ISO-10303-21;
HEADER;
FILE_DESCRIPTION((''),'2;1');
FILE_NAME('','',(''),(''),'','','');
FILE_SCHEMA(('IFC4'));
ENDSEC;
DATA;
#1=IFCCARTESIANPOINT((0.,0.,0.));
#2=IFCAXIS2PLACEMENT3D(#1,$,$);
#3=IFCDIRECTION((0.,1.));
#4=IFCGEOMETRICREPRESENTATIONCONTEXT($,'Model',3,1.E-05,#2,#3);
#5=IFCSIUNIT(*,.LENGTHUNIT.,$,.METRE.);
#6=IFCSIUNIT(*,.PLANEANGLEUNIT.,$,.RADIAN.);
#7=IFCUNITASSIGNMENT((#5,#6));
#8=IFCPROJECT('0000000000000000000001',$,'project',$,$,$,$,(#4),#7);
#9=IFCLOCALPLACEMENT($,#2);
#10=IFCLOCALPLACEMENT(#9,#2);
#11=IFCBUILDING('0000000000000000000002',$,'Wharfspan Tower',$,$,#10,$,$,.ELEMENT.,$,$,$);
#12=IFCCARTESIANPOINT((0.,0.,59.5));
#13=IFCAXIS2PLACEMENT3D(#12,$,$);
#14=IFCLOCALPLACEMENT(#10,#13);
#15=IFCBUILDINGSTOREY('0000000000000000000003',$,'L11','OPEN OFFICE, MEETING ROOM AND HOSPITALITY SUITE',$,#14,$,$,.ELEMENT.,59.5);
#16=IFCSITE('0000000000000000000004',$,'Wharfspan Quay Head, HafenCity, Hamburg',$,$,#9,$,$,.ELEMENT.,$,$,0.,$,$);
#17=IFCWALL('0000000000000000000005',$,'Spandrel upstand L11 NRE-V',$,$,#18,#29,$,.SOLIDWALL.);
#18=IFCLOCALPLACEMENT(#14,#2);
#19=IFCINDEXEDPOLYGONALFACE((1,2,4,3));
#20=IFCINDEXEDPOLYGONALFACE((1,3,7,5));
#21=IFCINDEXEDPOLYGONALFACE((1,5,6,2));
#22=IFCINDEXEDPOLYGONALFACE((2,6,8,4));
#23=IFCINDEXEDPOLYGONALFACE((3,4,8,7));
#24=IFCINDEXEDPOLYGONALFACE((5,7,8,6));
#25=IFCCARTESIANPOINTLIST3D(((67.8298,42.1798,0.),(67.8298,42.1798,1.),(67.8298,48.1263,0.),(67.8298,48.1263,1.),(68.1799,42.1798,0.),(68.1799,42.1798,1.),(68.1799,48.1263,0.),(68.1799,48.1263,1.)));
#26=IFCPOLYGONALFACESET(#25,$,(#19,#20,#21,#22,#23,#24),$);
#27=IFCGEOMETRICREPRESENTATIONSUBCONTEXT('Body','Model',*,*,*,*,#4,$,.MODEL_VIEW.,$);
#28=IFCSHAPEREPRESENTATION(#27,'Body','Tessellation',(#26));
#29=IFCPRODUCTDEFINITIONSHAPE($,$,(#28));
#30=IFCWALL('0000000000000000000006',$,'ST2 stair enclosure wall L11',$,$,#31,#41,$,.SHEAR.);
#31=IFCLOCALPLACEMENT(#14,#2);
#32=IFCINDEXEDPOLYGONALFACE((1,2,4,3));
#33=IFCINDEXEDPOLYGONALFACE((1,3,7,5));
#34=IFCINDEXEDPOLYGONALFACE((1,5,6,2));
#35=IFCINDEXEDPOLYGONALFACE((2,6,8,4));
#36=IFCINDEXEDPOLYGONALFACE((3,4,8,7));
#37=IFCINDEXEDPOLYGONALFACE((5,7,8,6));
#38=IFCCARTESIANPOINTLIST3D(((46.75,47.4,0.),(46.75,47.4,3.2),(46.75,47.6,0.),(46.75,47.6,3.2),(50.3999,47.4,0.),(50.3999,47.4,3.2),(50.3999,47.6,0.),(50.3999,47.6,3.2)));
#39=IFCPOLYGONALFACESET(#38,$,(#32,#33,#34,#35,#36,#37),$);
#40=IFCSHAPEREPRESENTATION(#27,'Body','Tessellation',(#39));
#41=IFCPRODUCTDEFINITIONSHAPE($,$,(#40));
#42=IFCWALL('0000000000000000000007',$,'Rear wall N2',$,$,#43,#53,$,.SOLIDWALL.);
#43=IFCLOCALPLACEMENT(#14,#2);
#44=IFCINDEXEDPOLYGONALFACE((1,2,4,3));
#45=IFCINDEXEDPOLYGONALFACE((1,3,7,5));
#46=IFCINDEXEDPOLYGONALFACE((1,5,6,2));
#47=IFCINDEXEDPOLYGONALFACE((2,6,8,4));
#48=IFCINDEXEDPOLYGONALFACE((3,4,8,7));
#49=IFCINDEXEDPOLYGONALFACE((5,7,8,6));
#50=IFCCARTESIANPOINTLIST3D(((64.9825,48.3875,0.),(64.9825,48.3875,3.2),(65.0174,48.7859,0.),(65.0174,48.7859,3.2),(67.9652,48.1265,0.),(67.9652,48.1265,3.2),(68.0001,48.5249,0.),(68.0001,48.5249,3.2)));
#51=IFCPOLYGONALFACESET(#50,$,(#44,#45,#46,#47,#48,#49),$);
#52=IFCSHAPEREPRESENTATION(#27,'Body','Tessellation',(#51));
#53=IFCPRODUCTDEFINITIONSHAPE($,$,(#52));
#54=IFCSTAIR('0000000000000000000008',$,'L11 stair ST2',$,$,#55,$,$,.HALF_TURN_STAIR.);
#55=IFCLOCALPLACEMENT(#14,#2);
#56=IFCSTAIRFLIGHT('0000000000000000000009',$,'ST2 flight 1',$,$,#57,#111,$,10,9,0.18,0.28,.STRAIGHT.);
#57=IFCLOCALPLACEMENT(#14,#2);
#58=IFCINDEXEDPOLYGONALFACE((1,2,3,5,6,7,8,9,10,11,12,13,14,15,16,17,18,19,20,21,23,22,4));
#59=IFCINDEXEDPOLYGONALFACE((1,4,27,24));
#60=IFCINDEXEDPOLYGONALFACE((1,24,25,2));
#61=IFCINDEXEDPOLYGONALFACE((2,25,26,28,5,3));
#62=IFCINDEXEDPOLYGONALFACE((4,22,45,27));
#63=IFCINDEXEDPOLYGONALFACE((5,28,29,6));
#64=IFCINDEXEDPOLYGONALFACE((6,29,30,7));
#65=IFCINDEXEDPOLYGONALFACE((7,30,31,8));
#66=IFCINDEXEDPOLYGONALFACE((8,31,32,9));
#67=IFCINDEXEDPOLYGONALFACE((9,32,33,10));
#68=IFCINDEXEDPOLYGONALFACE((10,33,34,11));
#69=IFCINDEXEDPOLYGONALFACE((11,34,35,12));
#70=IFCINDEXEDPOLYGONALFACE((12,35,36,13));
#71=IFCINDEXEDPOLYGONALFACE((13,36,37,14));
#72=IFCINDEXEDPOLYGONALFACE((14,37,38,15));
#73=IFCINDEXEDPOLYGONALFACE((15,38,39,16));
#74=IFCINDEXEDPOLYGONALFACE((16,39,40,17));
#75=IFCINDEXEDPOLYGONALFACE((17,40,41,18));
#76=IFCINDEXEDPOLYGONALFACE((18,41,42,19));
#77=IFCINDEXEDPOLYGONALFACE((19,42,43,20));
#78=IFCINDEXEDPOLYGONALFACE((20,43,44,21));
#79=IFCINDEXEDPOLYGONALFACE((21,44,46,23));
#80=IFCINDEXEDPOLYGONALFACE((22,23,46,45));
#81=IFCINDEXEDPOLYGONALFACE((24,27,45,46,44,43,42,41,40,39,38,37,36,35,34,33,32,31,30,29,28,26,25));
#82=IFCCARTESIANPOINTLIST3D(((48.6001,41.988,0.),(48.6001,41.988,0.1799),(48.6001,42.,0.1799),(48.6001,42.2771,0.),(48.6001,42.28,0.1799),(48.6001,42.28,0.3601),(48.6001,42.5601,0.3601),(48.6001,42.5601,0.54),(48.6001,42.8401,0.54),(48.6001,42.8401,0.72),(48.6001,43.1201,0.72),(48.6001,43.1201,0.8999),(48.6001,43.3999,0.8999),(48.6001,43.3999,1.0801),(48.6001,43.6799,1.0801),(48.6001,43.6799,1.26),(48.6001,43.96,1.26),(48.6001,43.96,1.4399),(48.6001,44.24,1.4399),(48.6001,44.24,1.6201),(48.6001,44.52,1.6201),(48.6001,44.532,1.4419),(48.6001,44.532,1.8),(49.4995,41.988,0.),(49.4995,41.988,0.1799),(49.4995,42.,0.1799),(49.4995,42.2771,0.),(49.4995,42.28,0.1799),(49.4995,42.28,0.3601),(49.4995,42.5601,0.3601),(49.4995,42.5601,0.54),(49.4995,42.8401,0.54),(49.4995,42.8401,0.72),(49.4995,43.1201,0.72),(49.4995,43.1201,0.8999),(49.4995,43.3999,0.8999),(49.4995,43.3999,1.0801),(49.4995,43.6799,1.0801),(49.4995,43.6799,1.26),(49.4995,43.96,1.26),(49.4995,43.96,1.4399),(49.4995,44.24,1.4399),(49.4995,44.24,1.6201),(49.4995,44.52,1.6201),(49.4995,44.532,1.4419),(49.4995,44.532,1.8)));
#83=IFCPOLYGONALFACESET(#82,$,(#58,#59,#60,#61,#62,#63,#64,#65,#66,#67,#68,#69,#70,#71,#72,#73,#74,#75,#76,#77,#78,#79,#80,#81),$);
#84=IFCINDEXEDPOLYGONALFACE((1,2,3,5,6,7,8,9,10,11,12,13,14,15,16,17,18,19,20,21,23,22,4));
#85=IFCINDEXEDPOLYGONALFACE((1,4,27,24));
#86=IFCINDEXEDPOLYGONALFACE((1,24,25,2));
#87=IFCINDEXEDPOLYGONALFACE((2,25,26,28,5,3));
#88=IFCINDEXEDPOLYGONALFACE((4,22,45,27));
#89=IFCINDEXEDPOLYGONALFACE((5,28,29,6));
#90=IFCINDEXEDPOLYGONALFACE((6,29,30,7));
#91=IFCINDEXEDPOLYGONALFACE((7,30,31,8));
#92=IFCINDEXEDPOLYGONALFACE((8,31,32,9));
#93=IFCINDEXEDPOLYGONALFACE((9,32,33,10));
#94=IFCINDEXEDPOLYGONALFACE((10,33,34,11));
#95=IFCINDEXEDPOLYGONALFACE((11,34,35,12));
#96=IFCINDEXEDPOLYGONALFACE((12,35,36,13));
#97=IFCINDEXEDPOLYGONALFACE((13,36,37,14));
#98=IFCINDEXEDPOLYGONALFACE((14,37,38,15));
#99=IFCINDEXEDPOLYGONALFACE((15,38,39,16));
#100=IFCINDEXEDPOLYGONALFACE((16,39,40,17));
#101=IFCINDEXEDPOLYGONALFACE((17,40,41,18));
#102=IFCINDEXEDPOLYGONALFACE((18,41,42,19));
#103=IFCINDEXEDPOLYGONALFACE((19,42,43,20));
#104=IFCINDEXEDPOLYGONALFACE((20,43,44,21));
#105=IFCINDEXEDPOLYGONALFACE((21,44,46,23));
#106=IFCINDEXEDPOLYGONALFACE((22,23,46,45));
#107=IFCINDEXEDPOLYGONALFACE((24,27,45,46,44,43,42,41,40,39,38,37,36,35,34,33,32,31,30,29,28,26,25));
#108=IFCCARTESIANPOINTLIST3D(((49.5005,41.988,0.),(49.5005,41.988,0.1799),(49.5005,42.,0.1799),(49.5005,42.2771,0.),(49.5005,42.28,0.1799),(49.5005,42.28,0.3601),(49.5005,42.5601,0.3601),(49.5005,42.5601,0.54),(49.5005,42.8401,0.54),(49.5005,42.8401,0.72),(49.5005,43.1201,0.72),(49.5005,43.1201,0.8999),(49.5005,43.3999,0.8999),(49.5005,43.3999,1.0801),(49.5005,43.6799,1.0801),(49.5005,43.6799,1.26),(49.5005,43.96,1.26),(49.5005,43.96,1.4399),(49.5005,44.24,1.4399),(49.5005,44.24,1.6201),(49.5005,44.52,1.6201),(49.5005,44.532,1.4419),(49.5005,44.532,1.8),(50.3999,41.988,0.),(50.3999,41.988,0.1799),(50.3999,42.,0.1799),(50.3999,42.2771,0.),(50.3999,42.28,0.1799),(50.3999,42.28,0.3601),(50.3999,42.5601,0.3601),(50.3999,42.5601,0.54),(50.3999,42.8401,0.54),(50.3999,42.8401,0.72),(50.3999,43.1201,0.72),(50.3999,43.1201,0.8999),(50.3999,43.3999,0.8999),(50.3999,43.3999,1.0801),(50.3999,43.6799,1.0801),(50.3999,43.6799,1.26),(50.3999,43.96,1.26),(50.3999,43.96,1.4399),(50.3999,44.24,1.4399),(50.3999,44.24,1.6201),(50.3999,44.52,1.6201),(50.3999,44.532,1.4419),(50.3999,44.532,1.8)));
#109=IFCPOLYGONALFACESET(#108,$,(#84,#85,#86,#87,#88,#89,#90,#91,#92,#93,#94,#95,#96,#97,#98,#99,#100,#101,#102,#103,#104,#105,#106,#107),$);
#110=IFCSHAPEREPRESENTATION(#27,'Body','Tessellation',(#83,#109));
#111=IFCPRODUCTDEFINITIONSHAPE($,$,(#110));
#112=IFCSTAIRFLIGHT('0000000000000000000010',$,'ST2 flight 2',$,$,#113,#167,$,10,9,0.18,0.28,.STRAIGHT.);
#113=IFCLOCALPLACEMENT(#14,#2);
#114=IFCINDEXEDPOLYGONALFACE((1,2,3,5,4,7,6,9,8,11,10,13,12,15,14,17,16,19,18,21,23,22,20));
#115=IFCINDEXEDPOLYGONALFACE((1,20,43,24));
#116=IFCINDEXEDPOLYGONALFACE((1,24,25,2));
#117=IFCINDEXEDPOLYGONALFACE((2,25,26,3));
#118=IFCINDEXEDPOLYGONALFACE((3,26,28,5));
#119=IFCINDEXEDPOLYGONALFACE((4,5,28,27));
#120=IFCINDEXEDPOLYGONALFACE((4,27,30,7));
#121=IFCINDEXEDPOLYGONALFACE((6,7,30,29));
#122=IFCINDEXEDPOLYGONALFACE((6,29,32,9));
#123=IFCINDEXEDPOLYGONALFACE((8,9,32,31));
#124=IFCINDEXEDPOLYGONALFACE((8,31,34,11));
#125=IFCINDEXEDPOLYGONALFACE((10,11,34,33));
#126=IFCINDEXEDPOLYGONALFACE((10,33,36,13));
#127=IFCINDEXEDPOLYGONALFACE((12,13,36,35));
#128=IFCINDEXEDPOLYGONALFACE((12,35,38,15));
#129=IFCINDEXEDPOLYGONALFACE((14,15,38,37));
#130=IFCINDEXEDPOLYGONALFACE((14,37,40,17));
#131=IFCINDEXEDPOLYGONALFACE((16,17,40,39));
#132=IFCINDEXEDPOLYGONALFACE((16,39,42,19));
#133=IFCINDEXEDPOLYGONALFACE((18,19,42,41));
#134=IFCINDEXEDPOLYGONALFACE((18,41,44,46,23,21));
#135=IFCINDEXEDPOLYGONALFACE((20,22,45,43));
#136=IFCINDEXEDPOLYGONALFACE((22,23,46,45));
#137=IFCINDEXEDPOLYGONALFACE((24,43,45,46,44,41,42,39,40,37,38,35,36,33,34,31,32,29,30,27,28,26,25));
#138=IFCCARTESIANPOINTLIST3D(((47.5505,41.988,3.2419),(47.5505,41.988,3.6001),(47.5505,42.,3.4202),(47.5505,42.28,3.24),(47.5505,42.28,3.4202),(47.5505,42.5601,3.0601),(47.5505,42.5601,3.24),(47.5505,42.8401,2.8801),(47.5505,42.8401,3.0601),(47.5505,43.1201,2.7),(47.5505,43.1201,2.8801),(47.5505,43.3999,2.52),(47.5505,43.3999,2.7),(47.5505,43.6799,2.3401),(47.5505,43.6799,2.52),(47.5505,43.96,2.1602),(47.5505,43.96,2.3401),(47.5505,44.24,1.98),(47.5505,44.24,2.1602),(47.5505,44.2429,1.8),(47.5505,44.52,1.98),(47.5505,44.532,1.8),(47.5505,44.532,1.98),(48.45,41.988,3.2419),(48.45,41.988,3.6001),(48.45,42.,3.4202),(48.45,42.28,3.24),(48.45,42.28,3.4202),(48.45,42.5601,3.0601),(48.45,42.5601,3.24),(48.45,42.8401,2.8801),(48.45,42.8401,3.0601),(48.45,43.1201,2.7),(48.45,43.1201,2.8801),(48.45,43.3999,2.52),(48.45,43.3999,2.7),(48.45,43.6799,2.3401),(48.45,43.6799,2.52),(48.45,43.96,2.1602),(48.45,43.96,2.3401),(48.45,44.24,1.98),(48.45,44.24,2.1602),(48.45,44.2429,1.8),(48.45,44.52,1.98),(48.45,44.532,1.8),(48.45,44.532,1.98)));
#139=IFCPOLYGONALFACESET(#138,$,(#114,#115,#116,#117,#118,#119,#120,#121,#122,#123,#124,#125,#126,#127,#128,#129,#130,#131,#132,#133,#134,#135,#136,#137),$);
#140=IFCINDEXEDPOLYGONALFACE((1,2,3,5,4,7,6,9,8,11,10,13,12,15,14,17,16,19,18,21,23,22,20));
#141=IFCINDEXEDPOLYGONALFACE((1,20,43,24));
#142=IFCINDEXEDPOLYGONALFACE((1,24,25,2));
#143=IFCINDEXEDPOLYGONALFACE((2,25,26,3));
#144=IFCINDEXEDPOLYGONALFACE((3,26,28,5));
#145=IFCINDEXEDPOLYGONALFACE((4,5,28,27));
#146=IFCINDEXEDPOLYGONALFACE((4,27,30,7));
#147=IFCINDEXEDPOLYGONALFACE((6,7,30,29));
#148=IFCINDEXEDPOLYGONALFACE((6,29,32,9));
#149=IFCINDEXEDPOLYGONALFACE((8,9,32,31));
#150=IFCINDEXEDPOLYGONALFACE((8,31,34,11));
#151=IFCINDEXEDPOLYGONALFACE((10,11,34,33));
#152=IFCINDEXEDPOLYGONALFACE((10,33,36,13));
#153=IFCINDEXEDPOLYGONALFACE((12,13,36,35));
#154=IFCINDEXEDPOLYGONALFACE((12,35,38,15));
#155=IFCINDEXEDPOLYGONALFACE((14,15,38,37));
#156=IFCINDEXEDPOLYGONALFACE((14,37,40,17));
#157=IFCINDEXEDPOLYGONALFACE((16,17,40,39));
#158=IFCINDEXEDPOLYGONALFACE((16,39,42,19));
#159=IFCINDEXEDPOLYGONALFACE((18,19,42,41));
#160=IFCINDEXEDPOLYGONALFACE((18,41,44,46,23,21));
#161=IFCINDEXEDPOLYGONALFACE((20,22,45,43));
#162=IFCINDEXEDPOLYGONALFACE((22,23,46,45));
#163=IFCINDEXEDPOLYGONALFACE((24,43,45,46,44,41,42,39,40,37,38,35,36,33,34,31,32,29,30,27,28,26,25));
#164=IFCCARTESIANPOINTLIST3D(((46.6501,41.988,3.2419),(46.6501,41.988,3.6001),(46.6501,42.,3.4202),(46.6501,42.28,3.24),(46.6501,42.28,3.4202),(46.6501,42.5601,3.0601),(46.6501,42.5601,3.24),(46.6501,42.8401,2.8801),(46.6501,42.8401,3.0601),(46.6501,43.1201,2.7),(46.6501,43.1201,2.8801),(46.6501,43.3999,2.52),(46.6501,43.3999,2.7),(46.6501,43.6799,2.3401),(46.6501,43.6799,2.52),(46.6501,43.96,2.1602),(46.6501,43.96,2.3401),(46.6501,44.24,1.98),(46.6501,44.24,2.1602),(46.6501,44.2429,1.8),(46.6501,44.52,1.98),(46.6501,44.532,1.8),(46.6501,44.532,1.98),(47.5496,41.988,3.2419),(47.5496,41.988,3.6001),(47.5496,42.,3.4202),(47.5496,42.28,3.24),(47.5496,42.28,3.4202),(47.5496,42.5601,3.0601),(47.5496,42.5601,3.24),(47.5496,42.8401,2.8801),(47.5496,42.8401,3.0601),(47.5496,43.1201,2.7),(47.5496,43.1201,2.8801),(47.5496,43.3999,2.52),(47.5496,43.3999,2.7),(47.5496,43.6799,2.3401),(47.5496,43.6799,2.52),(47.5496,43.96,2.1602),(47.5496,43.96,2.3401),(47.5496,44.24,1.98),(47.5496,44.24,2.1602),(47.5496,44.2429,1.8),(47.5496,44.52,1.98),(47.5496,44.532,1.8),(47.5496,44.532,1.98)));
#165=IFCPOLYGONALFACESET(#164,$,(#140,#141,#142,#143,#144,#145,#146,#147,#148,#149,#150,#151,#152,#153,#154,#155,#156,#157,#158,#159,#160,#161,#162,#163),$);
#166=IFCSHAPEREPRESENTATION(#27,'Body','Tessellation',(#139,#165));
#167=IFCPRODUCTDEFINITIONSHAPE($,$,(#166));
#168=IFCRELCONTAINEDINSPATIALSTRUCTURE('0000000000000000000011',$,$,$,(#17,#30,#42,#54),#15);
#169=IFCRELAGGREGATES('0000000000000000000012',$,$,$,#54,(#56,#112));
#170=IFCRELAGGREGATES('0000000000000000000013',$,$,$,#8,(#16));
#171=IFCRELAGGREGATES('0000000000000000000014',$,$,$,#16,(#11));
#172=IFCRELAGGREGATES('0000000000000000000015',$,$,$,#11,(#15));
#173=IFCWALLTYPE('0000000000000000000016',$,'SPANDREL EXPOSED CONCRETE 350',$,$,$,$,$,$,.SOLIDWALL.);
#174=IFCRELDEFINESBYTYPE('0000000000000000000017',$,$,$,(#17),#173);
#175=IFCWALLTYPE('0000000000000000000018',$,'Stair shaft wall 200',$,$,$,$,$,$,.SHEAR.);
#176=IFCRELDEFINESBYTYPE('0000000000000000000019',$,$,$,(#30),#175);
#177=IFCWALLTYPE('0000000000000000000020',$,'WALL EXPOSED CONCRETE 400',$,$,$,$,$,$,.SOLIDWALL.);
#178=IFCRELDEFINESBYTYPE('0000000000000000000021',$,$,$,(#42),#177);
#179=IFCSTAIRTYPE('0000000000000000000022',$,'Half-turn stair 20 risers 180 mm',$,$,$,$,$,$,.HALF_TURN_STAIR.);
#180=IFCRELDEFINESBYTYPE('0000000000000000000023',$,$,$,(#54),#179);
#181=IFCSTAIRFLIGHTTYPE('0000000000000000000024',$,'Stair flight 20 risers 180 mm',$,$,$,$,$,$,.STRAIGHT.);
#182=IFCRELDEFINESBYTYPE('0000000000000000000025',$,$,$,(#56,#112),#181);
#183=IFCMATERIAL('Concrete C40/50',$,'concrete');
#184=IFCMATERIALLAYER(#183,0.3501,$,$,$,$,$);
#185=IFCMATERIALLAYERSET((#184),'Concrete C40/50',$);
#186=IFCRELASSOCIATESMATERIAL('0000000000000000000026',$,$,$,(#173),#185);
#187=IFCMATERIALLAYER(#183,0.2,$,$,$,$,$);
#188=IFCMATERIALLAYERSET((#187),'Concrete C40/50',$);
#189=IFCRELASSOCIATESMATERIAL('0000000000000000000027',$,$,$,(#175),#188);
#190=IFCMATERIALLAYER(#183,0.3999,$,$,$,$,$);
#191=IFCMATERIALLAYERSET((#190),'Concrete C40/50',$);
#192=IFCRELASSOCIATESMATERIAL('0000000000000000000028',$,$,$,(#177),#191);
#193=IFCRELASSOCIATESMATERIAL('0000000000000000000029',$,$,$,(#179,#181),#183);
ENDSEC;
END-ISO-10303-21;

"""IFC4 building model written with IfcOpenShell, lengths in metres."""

from ifc_helpers import new_model, si_unit, direction, frame, frame_2d, origin, place, context, subcontext, project, spatial, polyline, rectangle, outline, extrude, material, layer, layer_set, type_object, element, aggregate, save


model = new_model("IFC4")

# Units and contexts
model_context = context("Model", 3, precision=1e-05, world=origin(), true_north=direction((0.0, 1.0)))
body_context = subcontext(model_context, "Body", "Model", "MODEL_VIEW")
ifc_project = project(units=[si_unit("LENGTHUNIT", "METRE"), si_unit("PLANEANGLEUNIT", "RADIAN")], contexts=[model_context])

# Site, building, storey
site_placement = place(None, origin())
site = spatial("IfcSite", under=ifc_project, at=site_placement, Name="Wharfspan Quay Head, HafenCity, Hamburg", CompositionType="ELEMENT", RefElevation=0.0)
building_placement = place(site_placement, origin())
building = spatial("IfcBuilding", under=site, at=building_placement, Name="Wharfspan Tower", CompositionType="ELEMENT")
storey_placement = place(building_placement, frame((0.0, 0.0, 59.5)))
storey = spatial("IfcBuildingStorey", under=building, at=storey_placement, Name="L11", Description="OPEN OFFICE, MEETING ROOM AND HOSPITALITY SUITE", CompositionType="ELEMENT", Elevation=59.5)

# Walls
ifc_material_1 = material(Name="Concrete C40/50", Category="concrete")
ifc_layer_1 = layer(ifc_material_1, 0.3501)
ifc_layer_set_1 = layer_set([ifc_layer_1], Name="Concrete C40/50")
wall_type_1 = type_object("IfcWallType", Name="SPANDREL EXPOSED CONCRETE 350", PredefinedType="SOLIDWALL", material=ifc_layer_set_1)
wall_1_placement = place(storey_placement, frame((68.0049, 42.1799, 0.0), z_axis=(0.0, 0.0, 1.0), x_axis=(0.0, 1.0, 0.0)))
element("IfcWall", 1, at=wall_1_placement, inside=storey, type_object=wall_type_1, Name="Spandrel upstand L11 NRE-V", PredefinedType="SOLIDWALL", context=body_context, shape_type="SweptSolid", body=[
    extrude(rectangle(XDim=5.9465, YDim=0.3501, at=frame_2d((2.9731, 0.0))), origin(), (0.0, 0.0, 1.0), 1.0),
])
ifc_layer_2 = layer(ifc_material_1, 0.2)
ifc_layer_set_2 = layer_set([ifc_layer_2], Name="Concrete C40/50")
wall_type_2 = type_object("IfcWallType", Name="Stair shaft wall 200", PredefinedType="SHEAR", material=ifc_layer_set_2)
wall_2_placement = place(storey_placement, frame((46.75, 47.5, 0.0), z_axis=(0.0, 0.0, 1.0), x_axis=(1.0, 0.0, 0.0)))
element("IfcWall", 2, at=wall_2_placement, inside=storey, type_object=wall_type_2, Name="ST2 stair enclosure wall L11", PredefinedType="SHEAR", context=body_context, shape_type="SweptSolid", body=[
    extrude(rectangle(XDim=3.6499, YDim=0.2, at=frame_2d((1.825, 0.0))), origin(), (0.0, 0.0, 1.0), 3.2),
])
ifc_layer_3 = layer(ifc_material_1, 0.3999)
ifc_layer_set_3 = layer_set([ifc_layer_3], Name="Concrete C40/50")
wall_type_3 = type_object("IfcWallType", Name="WALL EXPOSED CONCRETE 400", PredefinedType="SOLIDWALL", material=ifc_layer_set_3)
wall_3_placement = place(storey_placement, frame((67.9827, 48.3257, 0.0), z_axis=(0.0, 0.0, 1.0), x_axis=(-0.996194, 0.087168, 0.0)))
element("IfcWall", 3, at=wall_3_placement, inside=storey, type_object=wall_type_3, Name="Rear wall N2", PredefinedType="SOLIDWALL", context=body_context, shape_type="SweptSolid", body=[
    extrude(rectangle(XDim=2.9941, YDim=0.3999, at=frame_2d((1.4971, 0.0))), origin(), (0.0, 0.0, 1.0), 3.2),
])

# Stair, stair flights
stair_type = type_object("IfcStairType", Name="Half-turn stair 20 risers 180 mm", PredefinedType="HALF_TURN_STAIR", material=ifc_material_1)
stair_placement = place(storey_placement, origin())
stair = element("IfcStair", 4, at=stair_placement, inside=storey, type_object=stair_type, Name="L11 stair ST2", PredefinedType="HALF_TURN_STAIR")
stair_flight_type = type_object("IfcStairFlightType", Name="Stair flight 20 risers 180 mm", PredefinedType="STRAIGHT", material=ifc_material_1)
stair_flight_1_placement = place(storey_placement, frame((49.5, 42.0, 0.0), z_axis=(0.0, 0.0, 1.0), x_axis=(0.0, 1.0, 0.0)))
stair_flight_1 = element("IfcStairFlight", 5, at=stair_flight_1_placement, type_object=stair_flight_type, Name="ST2 flight 1", NumberOfRisers=10, NumberOfTreads=9, PredefinedType="STRAIGHT", RiserHeight=0.18, TreadLength=0.28, context=body_context, shape_type="SweptSolid", body=[
    extrude(outline(polyline([(-0.012, 0.0), (-0.012, 0.1799), (0.0, 0.1799), (0.28, 0.1799), (0.28, 0.3601), (0.5601, 0.3601), (0.5601, 0.54), (0.8401, 0.54), (0.8401, 0.72), (1.1201, 0.72), (1.1201, 0.8999), (1.3999, 0.8999), (1.3999, 1.0801), (1.6799, 1.0801), (1.6799, 1.26), (1.96, 1.26), (1.96, 1.4399), (2.24, 1.4399), (2.24, 1.6201), (2.52, 1.6201), (2.532, 1.8), (2.532, 1.4419), (0.2771, 0.0), (-0.012, 0.0)])), frame((0.0, 0.8999, 0.0), z_axis=(0.0, -1.0, 0.0), x_axis=(1.0, 0.0, 0.0)), (0.0, 0.0, 1.0), 0.8994),
    extrude(outline(polyline([(-0.012, 0.0), (-0.012, 0.1799), (0.0, 0.1799), (0.28, 0.1799), (0.28, 0.3601), (0.5601, 0.3601), (0.5601, 0.54), (0.8401, 0.54), (0.8401, 0.72), (1.1201, 0.72), (1.1201, 0.8999), (1.3999, 0.8999), (1.3999, 1.0801), (1.6799, 1.0801), (1.6799, 1.26), (1.96, 1.26), (1.96, 1.4399), (2.24, 1.4399), (2.24, 1.6201), (2.52, 1.6201), (2.532, 1.8), (2.532, 1.4419), (0.2771, 0.0), (-0.012, 0.0)])), frame((0.0, -0.0005, 0.0), z_axis=(0.0, -1.0, 0.0), x_axis=(1.0, 0.0, 0.0)), (0.0, 0.0, 1.0), 0.8994),
])
stair_flight_2_placement = place(storey_placement, frame((47.55, 44.52, 1.8), z_axis=(0.0, 0.0, 1.0), x_axis=(0.0, -1.0, 0.0)))
stair_flight_2 = element("IfcStairFlight", 6, at=stair_flight_2_placement, type_object=stair_flight_type, Name="ST2 flight 2", NumberOfRisers=10, NumberOfTreads=9, PredefinedType="STRAIGHT", RiserHeight=0.18, TreadLength=0.28, context=body_context, shape_type="SweptSolid", body=[
    extrude(outline(polyline([(-0.012, 0.0), (-0.012, 0.1799), (0.0, 0.1799), (0.28, 0.1799), (0.28, 0.3601), (0.5601, 0.3601), (0.5601, 0.54), (0.8401, 0.54), (0.8401, 0.72), (1.1201, 0.72), (1.1201, 0.8999), (1.3999, 0.8999), (1.3999, 1.0801), (1.6799, 1.0801), (1.6799, 1.26), (1.96, 1.26), (1.96, 1.4399), (2.24, 1.4399), (2.24, 1.6201), (2.52, 1.6201), (2.532, 1.8), (2.532, 1.4419), (0.2771, 0.0), (-0.012, 0.0)])), frame((0.0, 0.8999, 0.0), z_axis=(0.0, -1.0, 0.0), x_axis=(1.0, 0.0, 0.0)), (0.0, 0.0, 1.0), 0.8994),
    extrude(outline(polyline([(-0.012, 0.0), (-0.012, 0.1799), (0.0, 0.1799), (0.28, 0.1799), (0.28, 0.3601), (0.5601, 0.3601), (0.5601, 0.54), (0.8401, 0.54), (0.8401, 0.72), (1.1201, 0.72), (1.1201, 0.8999), (1.3999, 0.8999), (1.3999, 1.0801), (1.6799, 1.0801), (1.6799, 1.26), (1.96, 1.26), (1.96, 1.4399), (2.24, 1.4399), (2.24, 1.6201), (2.52, 1.6201), (2.532, 1.8), (2.532, 1.4419), (0.2771, 0.0), (-0.012, 0.0)])), frame((0.0, -0.0005, 0.0), z_axis=(0.0, -1.0, 0.0), x_axis=(1.0, 0.0, 0.0)), (0.0, 0.0, 1.0), 0.8994),
])
aggregate(stair, [stair_flight_1, stair_flight_2])

save(model, "model.ifc")
